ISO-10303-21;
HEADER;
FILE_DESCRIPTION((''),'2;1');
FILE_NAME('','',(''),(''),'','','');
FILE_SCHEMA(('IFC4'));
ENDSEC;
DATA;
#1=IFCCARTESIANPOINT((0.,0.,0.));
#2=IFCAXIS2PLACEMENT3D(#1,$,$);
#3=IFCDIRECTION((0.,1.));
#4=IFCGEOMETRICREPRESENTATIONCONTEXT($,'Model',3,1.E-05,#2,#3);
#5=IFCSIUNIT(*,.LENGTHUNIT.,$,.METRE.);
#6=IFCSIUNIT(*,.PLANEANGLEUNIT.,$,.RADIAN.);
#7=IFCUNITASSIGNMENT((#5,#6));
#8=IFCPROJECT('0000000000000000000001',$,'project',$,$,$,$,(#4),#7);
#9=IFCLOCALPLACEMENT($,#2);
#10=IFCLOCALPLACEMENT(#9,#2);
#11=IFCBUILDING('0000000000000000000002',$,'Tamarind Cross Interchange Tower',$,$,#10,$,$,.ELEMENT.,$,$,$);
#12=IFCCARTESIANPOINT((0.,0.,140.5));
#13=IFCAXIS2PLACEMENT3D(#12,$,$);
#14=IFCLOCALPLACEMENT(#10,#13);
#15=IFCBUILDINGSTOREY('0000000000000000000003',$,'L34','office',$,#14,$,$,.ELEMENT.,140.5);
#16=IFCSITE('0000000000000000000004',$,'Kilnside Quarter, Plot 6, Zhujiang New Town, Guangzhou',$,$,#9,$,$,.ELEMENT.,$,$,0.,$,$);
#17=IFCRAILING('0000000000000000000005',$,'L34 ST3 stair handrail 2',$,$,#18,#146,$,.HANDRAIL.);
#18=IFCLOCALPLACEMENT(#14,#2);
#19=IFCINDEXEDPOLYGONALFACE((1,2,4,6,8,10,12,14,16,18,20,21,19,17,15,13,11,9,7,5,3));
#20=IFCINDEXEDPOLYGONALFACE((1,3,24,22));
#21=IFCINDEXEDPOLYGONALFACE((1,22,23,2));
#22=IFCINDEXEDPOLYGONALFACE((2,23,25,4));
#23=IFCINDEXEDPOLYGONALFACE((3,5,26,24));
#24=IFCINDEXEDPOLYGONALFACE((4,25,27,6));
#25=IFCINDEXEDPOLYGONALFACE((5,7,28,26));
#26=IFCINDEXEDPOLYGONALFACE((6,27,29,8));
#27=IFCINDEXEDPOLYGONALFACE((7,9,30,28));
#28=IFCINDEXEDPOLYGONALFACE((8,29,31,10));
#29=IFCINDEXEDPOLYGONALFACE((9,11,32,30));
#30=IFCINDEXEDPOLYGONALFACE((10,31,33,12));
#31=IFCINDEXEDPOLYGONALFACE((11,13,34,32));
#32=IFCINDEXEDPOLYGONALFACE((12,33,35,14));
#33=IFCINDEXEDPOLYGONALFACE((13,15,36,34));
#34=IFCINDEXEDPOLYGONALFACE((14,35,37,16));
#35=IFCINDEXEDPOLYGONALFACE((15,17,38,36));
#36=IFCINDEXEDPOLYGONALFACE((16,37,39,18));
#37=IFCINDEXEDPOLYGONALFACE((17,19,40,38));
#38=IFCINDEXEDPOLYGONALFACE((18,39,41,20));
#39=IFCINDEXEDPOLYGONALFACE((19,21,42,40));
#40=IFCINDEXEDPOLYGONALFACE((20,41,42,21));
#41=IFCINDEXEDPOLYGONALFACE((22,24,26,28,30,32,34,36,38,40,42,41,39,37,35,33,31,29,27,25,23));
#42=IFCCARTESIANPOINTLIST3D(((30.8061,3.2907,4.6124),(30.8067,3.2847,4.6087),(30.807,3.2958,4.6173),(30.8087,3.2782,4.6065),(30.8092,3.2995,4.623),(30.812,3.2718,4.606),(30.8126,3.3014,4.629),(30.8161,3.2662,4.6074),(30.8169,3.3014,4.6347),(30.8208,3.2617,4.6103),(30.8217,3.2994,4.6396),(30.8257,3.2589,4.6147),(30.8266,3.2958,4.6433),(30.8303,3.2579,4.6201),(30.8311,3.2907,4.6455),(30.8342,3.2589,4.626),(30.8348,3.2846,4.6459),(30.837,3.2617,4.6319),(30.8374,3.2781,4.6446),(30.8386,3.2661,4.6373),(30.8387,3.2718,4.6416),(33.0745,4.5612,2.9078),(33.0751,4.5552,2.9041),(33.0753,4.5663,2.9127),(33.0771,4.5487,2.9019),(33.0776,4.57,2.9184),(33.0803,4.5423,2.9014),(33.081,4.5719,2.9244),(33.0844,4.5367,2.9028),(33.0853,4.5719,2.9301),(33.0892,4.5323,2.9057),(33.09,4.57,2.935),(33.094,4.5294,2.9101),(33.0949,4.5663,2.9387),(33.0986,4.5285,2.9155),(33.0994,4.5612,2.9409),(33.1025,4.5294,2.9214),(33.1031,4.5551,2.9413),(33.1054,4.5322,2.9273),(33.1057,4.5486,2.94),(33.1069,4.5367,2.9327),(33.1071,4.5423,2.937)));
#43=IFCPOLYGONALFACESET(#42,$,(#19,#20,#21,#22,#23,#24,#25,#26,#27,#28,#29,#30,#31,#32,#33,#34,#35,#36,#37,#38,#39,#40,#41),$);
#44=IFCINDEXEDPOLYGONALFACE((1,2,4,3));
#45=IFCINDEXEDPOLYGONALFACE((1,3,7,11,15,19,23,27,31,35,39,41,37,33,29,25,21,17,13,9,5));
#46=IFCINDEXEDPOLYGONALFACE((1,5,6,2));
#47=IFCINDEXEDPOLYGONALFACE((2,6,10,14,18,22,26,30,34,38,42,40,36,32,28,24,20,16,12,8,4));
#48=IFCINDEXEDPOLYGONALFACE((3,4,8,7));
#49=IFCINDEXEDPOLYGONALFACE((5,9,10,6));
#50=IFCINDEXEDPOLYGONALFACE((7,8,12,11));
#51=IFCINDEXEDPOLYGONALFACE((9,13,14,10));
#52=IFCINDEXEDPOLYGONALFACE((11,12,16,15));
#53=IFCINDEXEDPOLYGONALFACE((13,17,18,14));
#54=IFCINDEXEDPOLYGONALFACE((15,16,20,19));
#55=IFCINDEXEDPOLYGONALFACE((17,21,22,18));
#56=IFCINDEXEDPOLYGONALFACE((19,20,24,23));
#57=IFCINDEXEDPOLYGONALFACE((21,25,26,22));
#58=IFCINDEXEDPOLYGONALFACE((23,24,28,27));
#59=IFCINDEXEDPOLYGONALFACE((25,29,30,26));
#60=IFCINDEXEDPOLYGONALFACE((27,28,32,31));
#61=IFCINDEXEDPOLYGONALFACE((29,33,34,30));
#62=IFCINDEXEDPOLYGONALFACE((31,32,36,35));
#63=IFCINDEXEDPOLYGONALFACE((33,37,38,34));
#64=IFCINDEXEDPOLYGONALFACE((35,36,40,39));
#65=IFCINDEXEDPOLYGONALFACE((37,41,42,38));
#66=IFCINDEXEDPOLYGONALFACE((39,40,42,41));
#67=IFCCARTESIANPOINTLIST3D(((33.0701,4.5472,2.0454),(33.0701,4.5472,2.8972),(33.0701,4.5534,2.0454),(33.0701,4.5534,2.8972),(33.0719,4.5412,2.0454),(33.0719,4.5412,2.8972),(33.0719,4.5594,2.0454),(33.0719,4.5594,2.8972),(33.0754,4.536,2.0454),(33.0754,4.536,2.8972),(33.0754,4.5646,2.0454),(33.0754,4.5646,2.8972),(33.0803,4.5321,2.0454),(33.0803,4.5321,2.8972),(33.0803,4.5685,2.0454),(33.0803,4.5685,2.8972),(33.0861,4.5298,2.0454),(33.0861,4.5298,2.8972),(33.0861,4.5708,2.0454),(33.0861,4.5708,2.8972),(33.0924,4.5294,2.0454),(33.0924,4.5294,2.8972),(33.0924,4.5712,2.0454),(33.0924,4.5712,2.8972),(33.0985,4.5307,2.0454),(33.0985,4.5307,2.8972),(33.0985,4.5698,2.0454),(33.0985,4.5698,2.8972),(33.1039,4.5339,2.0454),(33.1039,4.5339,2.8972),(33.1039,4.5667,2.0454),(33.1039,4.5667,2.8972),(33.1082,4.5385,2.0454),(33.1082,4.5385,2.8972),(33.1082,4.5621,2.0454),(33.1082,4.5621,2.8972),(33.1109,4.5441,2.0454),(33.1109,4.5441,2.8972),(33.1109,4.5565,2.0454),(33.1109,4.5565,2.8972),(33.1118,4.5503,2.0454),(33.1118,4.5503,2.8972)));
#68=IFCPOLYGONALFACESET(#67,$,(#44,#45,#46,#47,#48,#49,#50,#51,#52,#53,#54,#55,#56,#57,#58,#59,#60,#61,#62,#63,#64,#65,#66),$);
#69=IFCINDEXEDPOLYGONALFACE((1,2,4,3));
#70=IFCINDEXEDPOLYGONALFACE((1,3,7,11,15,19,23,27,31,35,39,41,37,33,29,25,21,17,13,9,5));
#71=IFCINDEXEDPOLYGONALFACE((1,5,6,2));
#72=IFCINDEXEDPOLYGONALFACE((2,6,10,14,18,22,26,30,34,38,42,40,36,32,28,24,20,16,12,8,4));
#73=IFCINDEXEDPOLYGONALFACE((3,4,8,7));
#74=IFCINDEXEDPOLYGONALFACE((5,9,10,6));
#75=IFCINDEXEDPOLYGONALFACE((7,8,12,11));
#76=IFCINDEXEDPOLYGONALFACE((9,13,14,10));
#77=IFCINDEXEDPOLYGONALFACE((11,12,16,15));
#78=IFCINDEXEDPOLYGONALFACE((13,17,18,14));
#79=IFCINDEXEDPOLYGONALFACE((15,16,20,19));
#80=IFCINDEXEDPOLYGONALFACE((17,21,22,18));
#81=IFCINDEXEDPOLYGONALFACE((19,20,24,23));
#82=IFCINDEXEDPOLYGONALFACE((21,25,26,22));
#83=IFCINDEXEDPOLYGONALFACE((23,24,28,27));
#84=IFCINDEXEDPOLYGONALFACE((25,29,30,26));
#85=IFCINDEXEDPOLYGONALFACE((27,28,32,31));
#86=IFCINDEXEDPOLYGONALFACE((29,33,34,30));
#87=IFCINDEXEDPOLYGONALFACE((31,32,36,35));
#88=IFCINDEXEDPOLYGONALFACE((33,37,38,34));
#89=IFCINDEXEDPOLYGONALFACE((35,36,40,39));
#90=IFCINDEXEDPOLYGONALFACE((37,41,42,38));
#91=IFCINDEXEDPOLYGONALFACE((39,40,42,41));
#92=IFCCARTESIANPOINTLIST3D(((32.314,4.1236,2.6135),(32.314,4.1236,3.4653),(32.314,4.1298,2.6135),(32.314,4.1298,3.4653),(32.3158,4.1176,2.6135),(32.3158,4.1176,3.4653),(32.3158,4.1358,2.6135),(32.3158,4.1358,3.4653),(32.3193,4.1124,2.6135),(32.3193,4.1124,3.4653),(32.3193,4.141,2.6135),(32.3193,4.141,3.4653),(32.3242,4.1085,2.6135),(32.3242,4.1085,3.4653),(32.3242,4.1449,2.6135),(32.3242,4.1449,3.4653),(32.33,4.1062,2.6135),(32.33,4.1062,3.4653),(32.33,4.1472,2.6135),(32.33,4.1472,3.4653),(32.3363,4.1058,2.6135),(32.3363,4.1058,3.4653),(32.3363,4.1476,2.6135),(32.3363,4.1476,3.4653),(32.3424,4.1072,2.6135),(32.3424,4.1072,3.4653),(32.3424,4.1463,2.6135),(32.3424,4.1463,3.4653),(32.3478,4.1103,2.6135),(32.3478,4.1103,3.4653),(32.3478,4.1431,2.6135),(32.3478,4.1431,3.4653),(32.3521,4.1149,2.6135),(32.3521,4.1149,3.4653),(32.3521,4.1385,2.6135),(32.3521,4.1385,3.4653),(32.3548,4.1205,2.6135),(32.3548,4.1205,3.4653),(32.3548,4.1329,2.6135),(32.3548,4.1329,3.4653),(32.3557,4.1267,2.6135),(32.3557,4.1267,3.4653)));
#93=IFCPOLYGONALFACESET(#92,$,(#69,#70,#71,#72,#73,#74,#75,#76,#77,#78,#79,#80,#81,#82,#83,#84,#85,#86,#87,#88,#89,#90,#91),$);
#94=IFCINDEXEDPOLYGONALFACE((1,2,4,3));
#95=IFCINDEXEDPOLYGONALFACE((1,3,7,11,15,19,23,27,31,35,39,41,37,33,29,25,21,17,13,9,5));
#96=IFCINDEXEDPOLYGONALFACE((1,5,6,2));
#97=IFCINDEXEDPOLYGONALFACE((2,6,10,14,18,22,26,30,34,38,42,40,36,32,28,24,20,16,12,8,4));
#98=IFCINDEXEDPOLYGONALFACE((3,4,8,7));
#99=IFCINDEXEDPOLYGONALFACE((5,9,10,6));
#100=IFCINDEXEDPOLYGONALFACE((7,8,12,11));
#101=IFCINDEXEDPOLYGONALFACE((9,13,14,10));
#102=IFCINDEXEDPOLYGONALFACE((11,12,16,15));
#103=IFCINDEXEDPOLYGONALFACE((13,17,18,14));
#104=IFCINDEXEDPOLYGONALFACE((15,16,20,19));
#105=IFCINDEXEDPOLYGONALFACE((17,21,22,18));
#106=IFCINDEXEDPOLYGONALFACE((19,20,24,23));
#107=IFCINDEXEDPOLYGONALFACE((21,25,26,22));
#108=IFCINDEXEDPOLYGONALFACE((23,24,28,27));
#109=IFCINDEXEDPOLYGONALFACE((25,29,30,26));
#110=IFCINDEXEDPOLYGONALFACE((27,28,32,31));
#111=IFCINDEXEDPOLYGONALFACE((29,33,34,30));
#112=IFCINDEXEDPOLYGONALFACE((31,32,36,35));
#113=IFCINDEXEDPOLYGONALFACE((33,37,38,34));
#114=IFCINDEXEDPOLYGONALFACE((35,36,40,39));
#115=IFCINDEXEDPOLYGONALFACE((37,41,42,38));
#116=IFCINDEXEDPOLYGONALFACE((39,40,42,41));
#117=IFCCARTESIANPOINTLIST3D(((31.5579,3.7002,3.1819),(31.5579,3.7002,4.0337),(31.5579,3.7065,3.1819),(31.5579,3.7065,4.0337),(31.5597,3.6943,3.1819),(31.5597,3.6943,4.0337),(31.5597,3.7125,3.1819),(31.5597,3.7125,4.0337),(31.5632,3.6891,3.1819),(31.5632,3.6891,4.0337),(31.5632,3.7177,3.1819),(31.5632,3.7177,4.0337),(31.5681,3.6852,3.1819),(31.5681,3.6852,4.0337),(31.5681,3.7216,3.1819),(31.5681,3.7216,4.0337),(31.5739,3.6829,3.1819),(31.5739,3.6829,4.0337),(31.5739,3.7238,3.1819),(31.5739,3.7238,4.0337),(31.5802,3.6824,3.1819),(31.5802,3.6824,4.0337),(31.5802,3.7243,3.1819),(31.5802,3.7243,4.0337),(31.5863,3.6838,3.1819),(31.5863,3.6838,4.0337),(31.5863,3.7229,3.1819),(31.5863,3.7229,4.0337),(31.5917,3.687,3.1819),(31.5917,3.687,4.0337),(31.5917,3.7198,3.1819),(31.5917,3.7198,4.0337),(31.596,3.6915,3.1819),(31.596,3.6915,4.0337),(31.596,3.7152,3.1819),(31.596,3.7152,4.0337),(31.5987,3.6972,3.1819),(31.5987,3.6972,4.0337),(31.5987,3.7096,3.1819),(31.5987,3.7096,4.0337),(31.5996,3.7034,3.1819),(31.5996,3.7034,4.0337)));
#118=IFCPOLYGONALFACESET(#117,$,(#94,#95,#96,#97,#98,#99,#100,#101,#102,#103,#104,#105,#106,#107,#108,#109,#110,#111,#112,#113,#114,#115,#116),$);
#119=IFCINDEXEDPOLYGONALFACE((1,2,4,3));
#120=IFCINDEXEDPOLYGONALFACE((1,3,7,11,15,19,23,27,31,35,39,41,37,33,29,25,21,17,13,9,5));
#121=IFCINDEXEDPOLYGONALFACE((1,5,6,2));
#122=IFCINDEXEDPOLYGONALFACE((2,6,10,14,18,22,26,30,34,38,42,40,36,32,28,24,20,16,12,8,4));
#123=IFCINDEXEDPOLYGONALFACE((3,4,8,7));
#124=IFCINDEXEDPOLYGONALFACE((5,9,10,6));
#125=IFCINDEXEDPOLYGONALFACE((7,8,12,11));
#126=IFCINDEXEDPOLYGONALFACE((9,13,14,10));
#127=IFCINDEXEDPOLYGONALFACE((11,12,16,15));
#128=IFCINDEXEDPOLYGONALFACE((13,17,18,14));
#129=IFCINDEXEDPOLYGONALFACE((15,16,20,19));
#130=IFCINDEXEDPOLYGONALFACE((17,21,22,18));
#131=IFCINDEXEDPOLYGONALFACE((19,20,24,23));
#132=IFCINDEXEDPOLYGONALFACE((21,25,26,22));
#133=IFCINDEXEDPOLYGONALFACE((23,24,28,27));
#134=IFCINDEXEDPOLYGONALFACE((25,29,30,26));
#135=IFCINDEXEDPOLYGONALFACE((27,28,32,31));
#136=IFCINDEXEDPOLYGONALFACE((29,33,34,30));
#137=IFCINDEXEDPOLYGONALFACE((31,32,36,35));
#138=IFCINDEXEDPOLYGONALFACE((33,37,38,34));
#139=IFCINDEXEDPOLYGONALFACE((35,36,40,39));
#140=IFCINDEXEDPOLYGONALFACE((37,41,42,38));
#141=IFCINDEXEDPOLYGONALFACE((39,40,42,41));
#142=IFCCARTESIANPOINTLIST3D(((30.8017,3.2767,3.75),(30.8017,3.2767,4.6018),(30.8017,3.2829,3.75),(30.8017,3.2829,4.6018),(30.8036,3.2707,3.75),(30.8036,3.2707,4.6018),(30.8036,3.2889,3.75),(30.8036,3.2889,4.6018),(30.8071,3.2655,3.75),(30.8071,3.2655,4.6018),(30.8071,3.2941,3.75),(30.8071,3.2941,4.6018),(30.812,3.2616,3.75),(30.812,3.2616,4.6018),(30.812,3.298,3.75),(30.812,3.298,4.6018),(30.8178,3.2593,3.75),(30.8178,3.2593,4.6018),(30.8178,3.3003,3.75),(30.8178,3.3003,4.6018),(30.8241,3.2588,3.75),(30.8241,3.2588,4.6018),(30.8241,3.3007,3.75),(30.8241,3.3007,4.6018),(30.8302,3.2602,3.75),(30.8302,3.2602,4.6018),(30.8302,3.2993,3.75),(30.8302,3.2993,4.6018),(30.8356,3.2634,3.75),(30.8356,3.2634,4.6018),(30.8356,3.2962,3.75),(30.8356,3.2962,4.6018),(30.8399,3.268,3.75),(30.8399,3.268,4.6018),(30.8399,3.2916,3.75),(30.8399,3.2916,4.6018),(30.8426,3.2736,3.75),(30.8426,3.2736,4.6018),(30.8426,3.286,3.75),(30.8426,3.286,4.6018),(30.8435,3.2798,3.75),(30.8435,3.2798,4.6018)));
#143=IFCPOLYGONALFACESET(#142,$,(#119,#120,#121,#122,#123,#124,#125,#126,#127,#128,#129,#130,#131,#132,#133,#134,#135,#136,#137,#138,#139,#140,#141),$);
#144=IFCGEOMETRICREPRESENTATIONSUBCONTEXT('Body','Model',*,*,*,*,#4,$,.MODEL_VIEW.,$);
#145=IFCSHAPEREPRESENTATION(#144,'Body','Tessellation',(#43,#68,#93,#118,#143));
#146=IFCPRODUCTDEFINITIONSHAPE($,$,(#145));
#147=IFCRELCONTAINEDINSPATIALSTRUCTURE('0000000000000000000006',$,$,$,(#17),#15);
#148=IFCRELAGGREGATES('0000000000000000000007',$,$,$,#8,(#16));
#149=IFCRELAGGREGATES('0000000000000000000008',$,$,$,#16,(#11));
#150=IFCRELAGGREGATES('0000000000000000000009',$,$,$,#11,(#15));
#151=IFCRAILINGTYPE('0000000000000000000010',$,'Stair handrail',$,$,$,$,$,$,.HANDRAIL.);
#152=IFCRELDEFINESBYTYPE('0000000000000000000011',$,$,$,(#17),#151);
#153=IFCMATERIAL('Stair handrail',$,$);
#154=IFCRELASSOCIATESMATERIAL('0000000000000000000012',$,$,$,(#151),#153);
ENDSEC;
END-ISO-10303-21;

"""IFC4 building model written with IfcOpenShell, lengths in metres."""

from ifc_helpers import new_model, si_unit, direction, frame, origin, origin_2d, place, context, subcontext, project, spatial, circle, extrude, material, type_object, element, save


model = new_model("IFC4")

# Units and contexts
model_context = context("Model", 3, precision=1e-05, world=origin(), true_north=direction((0.0, 1.0)))
body_context = subcontext(model_context, "Body", "Model", "MODEL_VIEW")
ifc_project = project(units=[si_unit("LENGTHUNIT", "METRE"), si_unit("PLANEANGLEUNIT", "RADIAN")], contexts=[model_context])

# Site, building, storey
site_placement = place(None, origin())
site = spatial("IfcSite", under=ifc_project, at=site_placement, Name="Kilnside Quarter, Plot 6, Zhujiang New Town, Guangzhou", CompositionType="ELEMENT", RefElevation=0.0)
building_placement = place(site_placement, origin())
building = spatial("IfcBuilding", under=site, at=building_placement, Name="Tamarind Cross Interchange Tower", CompositionType="ELEMENT")
storey_placement = place(building_placement, frame((0.0, 0.0, 140.5)))
storey = spatial("IfcBuildingStorey", under=building, at=storey_placement, Name="L34", Description="office", CompositionType="ELEMENT", Elevation=140.5)

# Railing
ifc_material_1 = material(Name="Stair handrail")
railing_type_1 = type_object("IfcRailingType", Name="Stair handrail", PredefinedType="HANDRAIL", material=ifc_material_1)
railing_1_placement = place(storey_placement, frame((33.0908, 4.5503, 2.0454)))
element("IfcRailing", 1, at=railing_1_placement, inside=storey, type_object=railing_type_1, Name="L34 ST3 stair handrail 2", PredefinedType="HANDRAIL", context=body_context, shape_type="SweptSolid", body=[
    extrude(circle(Radius=0.0239, at=origin_2d()), frame((0.0, 0.0, 0.876), z_axis=(-0.729626, -0.408672, 0.5483), x_axis=(0.488678, -0.872464, 0.0)), (0.0, 0.0, 1.0), 3.1089),
    extrude(circle(Radius=0.021, at=origin_2d()), origin(), (0.0, 0.0, 1.0), 0.8518),
    extrude(circle(Radius=0.021, at=origin_2d()), frame((-0.7561, -0.4236, 0.5681)), (0.0, 0.0, 1.0), 0.8518),
    extrude(circle(Radius=0.021, at=origin_2d()), frame((-1.5122, -0.8469, 1.1365)), (0.0, 0.0, 1.0), 0.8518),
    extrude(circle(Radius=0.021, at=origin_2d()), frame((-2.2683, -1.2705, 1.7046)), (0.0, 0.0, 1.0), 0.8518),
])

save(model, "model.ifc")
